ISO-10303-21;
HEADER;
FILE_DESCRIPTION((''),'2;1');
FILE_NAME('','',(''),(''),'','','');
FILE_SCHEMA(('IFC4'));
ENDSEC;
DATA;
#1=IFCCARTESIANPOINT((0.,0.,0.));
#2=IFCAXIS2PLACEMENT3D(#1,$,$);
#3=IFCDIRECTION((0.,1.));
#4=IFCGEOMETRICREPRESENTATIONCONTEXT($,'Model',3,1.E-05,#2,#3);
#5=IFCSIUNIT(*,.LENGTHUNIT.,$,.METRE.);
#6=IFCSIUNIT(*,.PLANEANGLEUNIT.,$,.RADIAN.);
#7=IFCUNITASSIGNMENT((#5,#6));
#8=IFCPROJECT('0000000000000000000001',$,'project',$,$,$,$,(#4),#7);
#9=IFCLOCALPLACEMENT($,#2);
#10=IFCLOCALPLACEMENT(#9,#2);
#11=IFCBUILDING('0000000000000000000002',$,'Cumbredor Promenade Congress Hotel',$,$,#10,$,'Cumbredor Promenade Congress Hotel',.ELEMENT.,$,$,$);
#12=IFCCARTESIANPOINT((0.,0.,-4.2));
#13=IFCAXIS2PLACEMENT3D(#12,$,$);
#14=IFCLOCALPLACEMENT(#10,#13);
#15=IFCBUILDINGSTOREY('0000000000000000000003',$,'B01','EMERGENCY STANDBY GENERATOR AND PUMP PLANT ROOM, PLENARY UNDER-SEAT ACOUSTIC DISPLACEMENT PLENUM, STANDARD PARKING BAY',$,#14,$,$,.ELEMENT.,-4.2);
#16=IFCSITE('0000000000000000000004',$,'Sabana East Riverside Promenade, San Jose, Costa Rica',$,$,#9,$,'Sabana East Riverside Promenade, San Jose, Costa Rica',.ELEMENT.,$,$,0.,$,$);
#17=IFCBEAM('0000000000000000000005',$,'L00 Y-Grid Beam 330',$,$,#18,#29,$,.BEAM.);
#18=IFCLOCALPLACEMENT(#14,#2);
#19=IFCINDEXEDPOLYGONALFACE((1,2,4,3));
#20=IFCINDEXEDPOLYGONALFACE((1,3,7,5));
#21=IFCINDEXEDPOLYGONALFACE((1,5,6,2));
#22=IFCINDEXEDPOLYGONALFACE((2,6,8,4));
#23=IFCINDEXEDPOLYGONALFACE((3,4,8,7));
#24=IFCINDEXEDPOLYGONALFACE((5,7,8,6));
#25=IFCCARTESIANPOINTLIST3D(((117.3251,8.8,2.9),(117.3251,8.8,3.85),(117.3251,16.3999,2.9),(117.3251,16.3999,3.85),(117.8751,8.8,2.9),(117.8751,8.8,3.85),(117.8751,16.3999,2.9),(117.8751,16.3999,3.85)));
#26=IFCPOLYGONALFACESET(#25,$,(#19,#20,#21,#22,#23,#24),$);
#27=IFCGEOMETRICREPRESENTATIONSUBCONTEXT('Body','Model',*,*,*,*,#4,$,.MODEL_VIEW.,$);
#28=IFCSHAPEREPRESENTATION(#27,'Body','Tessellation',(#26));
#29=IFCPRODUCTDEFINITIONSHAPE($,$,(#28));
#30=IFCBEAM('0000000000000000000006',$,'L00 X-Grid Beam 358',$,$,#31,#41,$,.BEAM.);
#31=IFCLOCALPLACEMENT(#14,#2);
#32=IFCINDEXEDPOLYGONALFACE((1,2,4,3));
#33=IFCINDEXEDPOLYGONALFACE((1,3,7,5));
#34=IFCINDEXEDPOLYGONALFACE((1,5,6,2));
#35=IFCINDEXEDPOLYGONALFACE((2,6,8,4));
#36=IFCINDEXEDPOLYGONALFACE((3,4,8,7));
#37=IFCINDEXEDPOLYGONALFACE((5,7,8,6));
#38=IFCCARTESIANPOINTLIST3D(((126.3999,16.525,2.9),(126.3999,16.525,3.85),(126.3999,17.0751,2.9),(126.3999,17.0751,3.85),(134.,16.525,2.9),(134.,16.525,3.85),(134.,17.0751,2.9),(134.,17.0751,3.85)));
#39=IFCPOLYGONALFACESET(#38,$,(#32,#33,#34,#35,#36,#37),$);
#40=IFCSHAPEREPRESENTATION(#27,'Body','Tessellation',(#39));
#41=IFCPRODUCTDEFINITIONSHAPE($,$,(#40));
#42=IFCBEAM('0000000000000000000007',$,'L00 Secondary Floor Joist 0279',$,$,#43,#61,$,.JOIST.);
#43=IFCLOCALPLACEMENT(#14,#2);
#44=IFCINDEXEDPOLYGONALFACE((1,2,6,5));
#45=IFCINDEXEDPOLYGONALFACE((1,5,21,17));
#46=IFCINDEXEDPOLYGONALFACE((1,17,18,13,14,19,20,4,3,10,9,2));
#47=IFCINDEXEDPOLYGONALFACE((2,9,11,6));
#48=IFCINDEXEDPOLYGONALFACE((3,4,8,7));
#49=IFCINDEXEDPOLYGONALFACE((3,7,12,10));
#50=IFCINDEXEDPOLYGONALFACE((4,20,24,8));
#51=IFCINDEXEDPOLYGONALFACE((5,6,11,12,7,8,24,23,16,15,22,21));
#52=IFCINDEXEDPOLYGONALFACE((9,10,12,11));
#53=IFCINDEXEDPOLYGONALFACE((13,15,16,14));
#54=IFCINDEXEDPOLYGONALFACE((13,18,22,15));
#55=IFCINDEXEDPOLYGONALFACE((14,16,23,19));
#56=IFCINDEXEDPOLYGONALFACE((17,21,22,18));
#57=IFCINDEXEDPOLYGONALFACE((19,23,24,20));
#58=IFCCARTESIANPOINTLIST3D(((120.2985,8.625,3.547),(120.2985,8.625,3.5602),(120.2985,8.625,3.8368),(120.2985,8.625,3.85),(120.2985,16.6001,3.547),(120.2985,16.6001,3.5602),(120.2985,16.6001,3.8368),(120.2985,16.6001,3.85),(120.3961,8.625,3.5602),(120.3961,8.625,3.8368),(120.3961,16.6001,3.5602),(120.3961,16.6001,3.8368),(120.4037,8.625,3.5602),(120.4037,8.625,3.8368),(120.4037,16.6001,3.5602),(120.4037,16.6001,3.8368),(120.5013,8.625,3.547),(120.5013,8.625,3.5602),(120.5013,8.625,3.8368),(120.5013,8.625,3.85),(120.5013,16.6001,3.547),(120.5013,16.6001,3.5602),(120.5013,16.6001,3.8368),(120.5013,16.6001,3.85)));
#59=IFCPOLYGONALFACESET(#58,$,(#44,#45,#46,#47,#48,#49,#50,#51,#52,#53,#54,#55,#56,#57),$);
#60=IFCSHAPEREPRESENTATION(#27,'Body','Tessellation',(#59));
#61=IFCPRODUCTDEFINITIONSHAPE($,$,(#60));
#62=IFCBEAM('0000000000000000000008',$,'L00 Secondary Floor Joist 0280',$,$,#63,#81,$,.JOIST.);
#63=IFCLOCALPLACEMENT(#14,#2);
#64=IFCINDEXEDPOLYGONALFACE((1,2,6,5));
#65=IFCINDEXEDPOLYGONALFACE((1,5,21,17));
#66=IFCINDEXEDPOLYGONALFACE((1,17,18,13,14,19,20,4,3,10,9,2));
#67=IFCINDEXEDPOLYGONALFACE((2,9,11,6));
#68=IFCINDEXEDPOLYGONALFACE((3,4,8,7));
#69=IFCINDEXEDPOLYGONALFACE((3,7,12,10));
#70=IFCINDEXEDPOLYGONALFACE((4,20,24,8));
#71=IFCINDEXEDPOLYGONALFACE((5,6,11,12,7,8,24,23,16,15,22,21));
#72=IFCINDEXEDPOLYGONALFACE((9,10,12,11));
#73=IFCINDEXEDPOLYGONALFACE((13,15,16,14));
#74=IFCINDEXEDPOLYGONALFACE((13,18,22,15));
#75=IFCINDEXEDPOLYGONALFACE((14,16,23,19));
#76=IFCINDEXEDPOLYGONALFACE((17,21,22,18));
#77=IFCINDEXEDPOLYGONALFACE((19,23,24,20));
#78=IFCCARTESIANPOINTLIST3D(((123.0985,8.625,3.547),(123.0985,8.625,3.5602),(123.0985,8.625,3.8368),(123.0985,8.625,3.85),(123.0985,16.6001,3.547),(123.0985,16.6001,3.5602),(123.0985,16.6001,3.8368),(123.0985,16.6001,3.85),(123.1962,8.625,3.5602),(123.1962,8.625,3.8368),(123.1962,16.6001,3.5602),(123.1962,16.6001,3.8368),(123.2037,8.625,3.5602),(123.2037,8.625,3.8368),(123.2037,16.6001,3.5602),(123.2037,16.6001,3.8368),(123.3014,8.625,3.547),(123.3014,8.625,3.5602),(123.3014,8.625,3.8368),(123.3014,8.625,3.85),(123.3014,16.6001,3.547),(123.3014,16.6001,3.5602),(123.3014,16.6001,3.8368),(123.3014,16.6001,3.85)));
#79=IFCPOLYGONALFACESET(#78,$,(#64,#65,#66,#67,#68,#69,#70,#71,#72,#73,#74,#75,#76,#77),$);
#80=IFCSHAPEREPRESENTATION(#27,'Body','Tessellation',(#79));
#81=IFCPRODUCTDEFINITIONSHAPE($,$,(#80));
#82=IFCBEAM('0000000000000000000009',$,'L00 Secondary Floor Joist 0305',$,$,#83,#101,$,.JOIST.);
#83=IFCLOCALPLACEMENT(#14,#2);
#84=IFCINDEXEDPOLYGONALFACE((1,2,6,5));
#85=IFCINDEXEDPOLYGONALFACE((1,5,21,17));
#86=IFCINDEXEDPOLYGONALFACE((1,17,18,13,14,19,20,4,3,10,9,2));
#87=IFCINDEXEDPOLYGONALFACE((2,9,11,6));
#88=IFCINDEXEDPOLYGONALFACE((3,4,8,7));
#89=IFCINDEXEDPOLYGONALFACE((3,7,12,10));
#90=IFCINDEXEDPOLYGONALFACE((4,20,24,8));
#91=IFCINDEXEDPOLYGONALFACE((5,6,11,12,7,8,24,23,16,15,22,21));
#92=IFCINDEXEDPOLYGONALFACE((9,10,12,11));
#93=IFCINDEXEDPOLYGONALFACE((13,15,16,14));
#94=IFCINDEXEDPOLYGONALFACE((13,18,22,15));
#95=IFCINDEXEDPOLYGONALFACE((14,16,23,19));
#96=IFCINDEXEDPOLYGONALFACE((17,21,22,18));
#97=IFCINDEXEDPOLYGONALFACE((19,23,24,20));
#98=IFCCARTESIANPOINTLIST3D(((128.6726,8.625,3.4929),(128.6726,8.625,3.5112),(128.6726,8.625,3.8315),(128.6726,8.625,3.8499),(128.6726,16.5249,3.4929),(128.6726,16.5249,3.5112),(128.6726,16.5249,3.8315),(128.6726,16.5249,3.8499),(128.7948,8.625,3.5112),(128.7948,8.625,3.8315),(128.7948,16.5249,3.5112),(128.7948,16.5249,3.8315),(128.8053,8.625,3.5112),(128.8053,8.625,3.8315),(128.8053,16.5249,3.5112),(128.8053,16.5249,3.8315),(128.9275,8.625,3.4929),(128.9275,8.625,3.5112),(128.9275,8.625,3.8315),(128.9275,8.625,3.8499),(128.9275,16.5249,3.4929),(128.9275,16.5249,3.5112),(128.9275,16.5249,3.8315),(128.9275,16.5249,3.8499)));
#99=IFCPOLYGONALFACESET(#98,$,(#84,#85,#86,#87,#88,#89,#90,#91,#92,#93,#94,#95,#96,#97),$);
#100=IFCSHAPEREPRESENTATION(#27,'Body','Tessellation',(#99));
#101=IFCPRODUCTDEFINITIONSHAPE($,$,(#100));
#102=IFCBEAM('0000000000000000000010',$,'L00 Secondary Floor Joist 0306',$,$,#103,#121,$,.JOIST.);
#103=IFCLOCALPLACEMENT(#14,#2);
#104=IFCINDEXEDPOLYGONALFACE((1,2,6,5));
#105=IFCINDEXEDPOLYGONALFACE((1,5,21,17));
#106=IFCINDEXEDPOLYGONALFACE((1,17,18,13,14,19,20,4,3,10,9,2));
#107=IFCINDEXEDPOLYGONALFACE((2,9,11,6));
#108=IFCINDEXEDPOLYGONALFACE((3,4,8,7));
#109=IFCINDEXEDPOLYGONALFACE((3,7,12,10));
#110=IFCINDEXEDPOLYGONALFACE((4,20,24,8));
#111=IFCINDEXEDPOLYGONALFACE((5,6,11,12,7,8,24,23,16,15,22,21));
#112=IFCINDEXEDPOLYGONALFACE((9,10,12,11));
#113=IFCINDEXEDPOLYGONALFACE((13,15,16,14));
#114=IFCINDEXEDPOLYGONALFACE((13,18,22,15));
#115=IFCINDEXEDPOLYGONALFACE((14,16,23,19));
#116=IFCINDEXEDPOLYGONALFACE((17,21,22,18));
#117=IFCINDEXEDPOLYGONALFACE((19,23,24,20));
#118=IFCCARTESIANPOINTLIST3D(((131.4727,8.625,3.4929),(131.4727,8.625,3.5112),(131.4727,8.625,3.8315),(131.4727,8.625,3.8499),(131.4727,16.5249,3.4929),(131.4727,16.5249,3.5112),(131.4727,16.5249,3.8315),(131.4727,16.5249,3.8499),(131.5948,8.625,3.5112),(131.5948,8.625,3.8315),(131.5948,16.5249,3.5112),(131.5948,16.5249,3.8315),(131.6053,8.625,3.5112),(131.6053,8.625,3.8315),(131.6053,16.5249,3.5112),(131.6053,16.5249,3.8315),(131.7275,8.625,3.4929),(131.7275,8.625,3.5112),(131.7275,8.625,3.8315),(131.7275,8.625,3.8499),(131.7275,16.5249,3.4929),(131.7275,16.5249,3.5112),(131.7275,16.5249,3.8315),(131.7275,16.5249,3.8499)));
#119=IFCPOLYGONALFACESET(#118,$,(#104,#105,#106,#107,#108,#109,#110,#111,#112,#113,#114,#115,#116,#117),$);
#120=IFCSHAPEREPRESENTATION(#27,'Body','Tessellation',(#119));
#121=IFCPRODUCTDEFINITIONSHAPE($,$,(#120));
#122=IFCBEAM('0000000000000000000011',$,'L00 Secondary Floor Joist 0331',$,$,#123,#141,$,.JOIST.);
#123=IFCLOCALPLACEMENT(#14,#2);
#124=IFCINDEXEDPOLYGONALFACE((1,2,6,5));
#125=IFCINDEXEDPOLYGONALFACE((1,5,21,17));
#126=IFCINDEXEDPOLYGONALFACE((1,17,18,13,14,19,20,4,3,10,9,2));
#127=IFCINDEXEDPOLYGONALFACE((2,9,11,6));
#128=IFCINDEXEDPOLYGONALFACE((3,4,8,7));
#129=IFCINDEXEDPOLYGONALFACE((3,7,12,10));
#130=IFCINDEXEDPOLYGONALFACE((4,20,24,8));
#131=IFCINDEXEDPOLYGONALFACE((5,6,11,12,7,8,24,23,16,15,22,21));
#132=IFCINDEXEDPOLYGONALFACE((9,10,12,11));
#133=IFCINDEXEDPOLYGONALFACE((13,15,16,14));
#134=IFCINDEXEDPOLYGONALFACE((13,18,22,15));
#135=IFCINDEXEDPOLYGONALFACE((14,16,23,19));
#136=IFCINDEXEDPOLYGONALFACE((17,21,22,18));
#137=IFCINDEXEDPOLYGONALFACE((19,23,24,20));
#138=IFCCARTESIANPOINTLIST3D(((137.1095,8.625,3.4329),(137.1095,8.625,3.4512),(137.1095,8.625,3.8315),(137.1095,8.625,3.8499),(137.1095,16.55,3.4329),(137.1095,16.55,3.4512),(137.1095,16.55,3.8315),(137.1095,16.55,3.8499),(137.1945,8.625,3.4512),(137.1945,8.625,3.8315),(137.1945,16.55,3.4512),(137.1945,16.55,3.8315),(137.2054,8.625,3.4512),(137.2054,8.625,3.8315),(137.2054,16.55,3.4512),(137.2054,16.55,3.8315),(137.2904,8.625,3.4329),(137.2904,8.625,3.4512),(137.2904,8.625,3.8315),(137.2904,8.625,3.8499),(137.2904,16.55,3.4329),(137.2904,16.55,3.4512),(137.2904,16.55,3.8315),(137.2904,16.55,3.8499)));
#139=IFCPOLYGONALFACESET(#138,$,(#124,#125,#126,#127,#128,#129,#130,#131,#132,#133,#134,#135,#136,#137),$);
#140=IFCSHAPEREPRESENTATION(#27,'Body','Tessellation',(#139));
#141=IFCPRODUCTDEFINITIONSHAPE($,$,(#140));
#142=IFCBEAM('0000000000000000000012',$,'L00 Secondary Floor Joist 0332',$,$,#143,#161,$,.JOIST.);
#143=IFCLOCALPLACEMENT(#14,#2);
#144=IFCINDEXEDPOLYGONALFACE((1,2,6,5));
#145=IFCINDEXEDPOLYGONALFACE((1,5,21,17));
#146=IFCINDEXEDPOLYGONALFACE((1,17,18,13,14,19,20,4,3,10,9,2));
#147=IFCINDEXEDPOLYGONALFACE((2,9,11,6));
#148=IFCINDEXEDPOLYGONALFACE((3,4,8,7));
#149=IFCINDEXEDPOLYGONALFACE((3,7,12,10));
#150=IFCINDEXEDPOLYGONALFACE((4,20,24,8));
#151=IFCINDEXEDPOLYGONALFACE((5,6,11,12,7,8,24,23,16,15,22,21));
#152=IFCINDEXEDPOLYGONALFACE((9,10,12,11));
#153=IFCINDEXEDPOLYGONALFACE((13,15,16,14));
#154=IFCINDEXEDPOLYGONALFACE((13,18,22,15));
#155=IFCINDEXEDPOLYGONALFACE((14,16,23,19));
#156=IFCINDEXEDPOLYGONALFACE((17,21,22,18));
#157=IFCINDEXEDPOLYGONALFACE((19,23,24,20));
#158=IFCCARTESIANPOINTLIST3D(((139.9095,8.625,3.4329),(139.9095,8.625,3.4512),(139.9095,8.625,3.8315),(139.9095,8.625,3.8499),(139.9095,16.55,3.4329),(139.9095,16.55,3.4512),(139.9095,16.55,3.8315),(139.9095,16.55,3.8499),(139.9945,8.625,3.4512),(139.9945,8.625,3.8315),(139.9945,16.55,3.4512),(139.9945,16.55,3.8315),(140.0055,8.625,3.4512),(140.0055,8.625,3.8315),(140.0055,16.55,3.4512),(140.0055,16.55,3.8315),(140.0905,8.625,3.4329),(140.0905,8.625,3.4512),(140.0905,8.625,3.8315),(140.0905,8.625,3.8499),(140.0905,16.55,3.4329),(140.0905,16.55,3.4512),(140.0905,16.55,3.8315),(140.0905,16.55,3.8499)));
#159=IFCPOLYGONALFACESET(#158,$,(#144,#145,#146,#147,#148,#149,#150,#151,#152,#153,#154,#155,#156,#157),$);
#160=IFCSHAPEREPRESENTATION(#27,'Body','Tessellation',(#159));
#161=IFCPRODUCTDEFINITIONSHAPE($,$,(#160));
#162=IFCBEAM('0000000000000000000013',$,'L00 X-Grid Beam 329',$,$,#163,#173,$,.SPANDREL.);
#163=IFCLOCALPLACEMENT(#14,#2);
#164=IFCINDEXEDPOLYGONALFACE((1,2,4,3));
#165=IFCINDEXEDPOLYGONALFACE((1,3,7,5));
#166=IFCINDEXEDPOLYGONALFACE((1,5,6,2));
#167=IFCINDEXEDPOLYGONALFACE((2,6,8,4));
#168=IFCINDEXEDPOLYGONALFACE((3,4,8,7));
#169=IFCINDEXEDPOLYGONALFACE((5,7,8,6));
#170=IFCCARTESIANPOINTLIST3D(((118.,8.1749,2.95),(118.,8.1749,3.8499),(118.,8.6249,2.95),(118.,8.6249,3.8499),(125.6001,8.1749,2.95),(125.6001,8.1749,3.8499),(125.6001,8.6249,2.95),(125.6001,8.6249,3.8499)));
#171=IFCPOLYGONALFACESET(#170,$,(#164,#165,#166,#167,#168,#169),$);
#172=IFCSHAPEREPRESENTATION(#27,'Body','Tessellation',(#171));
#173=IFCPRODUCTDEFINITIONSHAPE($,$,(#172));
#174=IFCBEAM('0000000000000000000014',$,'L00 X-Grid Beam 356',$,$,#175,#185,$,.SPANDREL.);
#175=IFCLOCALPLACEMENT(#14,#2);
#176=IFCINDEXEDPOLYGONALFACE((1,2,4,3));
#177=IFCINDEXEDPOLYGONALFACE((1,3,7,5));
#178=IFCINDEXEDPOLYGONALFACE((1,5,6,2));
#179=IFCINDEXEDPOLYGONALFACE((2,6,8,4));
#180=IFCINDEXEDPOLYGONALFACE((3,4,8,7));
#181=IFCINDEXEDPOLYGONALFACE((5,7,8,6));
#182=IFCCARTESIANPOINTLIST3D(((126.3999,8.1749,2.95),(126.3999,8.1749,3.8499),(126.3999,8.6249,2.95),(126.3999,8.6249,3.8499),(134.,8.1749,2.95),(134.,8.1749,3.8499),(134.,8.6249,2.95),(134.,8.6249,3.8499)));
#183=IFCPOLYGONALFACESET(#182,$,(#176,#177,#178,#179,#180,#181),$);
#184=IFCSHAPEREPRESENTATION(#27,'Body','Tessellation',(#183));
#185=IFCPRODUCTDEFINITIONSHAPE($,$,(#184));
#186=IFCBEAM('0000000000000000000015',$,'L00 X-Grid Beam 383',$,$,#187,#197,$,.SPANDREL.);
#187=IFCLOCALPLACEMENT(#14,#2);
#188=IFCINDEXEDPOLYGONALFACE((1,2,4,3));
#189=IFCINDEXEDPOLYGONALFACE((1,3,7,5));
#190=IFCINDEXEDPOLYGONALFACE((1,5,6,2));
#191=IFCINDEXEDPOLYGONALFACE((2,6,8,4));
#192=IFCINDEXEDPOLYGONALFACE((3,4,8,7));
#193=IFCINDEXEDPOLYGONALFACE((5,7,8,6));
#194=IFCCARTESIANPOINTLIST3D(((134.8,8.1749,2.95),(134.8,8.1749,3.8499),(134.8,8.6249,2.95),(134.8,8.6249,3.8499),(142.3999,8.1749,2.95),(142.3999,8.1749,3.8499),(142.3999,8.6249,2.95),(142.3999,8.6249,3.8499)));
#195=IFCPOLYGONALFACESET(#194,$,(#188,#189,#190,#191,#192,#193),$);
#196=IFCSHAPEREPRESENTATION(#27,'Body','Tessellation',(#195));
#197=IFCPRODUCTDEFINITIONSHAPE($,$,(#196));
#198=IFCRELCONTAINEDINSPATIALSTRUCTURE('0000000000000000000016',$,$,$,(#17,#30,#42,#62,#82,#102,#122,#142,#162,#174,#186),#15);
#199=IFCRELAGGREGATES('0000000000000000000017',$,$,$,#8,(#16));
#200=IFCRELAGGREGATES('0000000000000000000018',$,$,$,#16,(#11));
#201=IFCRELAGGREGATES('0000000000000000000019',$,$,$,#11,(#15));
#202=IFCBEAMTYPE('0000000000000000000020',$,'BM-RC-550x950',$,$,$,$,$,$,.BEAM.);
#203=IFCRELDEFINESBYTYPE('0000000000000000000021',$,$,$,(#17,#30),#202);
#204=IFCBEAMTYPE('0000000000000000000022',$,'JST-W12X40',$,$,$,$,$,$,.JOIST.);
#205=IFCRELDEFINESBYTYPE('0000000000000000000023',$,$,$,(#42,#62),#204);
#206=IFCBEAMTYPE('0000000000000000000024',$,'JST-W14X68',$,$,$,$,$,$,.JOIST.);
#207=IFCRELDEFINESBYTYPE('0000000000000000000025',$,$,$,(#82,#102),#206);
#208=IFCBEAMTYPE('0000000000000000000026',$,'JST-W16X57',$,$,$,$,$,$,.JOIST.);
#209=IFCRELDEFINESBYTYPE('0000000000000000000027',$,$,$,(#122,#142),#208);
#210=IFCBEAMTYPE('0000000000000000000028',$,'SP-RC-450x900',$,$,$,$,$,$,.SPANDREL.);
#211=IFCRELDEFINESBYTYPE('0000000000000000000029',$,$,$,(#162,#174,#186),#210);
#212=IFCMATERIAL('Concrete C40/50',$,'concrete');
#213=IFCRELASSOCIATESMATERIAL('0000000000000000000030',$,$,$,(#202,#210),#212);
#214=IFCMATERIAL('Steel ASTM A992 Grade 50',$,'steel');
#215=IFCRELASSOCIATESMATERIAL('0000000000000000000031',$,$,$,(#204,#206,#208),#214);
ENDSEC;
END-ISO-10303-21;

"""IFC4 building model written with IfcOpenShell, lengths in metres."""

from ifc_helpers import new_model, si_unit, direction, frame, origin, origin_2d, place, context, subcontext, project, spatial, rectangle, i_section, extrude, material, material_profile, profile_set, type_object, element, save


model = new_model("IFC4")

# Units and contexts
model_context = context("Model", 3, precision=1e-05, world=origin(), true_north=direction((0.0, 1.0)))
body_context = subcontext(model_context, "Body", "Model", "MODEL_VIEW")
ifc_project = project(units=[si_unit("LENGTHUNIT", "METRE"), si_unit("PLANEANGLEUNIT", "RADIAN")], contexts=[model_context])

# Site, building, storey
site_placement = place(None, origin())
site = spatial("IfcSite", under=ifc_project, at=site_placement, Name="Sabana East Riverside Promenade, San Jose, Costa Rica", LongName="Sabana East Riverside Promenade, San Jose, Costa Rica", CompositionType="ELEMENT", RefElevation=0.0)
building_placement = place(site_placement, origin())
building = spatial("IfcBuilding", under=site, at=building_placement, Name="Cumbredor Promenade Congress Hotel", LongName="Cumbredor Promenade Congress Hotel", CompositionType="ELEMENT")
storey_placement = place(building_placement, frame((0.0, 0.0, -4.2)))
storey = spatial("IfcBuildingStorey", under=building, at=storey_placement, Name="B01", Description="EMERGENCY STANDBY GENERATOR AND PUMP PLANT ROOM, PLENARY UNDER-SEAT ACOUSTIC DISPLACEMENT PLENUM, STANDARD PARKING BAY", CompositionType="ELEMENT", Elevation=-4.2)

# Shared definitions
ifc_material_1 = material(Name="Concrete C40/50", Category="concrete")

# Beams
ifc_material_profile_1 = material_profile(ifc_material_1, rectangle(XDim=0.55, YDim=0.95, at=origin_2d()), Name="RC BEAM 550x950")
ifc_profile_set_1 = profile_set([ifc_material_profile_1], Name="Concrete C40/50")
beam_type_1 = type_object("IfcBeamType", Name="BM-RC-550x950", PredefinedType="BEAM", material=ifc_profile_set_1)
beam_1_placement = place(storey_placement, frame((117.6001, 8.8, 3.375), z_axis=(0.0, 1.0, 0.0), x_axis=(-1.0, 0.0, 0.0)))
element("IfcBeam", 1, at=beam_1_placement, inside=storey, type_object=beam_type_1, Name="L00 Y-Grid Beam 330", PredefinedType="BEAM", context=body_context, shape_type="SweptSolid", body=[
    extrude(rectangle(XDim=0.55, YDim=0.95, at=origin_2d()), origin(), (0.0, 0.0, 1.0), 7.5999),
])
beam_2_placement = place(storey_placement, frame((126.3999, 16.8, 3.375), z_axis=(1.0, 0.0, 0.0), x_axis=(0.0, 1.0, 0.0)))
element("IfcBeam", 2, at=beam_2_placement, inside=storey, type_object=beam_type_1, Name="L00 X-Grid Beam 358", PredefinedType="BEAM", context=body_context, shape_type="SweptSolid", body=[
    extrude(rectangle(XDim=0.55, YDim=0.95, at=origin_2d()), origin(), (0.0, 0.0, 1.0), 7.6001),
])
ifc_material_2 = material(Name="Steel ASTM A992 Grade 50", Category="steel")
ifc_material_profile_2 = material_profile(ifc_material_2, i_section(OverallWidth=0.2029, OverallDepth=0.303, WebThickness=0.0076, FlangeThickness=0.0132, at=origin_2d()), Name="W12X40")
ifc_profile_set_2 = profile_set([ifc_material_profile_2], Name="Steel ASTM A992 Grade 50")
beam_type_2 = type_object("IfcBeamType", Name="JST-W12X40", PredefinedType="JOIST", material=ifc_profile_set_2)
for number, where, z_axis, x_axis, name in (
    (3, (120.3999, 8.625, 3.6985), (0.0, 1.0, 0.0), (-1.0, 0.0, 0.0), "L00 Secondary Floor Joist 0279"),
    (4, (123.2, 8.625, 3.6985), (0.0, 1.0, 0.0), (-1.0, 0.0, 0.0), "L00 Secondary Floor Joist 0280"),
):
    element("IfcBeam", number, at=place(storey_placement, frame(where, z_axis=z_axis, x_axis=x_axis)), inside=storey, type_object=beam_type_2, Name=name, PredefinedType="JOIST", context=body_context, shape_type="SweptSolid", body=[
        extrude(i_section(OverallWidth=0.2029, OverallDepth=0.303, WebThickness=0.0076, FlangeThickness=0.0132, at=origin_2d()), origin(), (0.0, 0.0, 1.0), 7.9751),
    ])
ifc_material_profile_3 = material_profile(ifc_material_2, i_section(OverallWidth=0.2549, OverallDepth=0.3569, WebThickness=0.0105, FlangeThickness=0.0183, at=origin_2d()), Name="W14X68")
ifc_profile_set_3 = profile_set([ifc_material_profile_3], Name="Steel ASTM A992 Grade 50")
beam_type_3 = type_object("IfcBeamType", Name="JST-W14X68", PredefinedType="JOIST", material=ifc_profile_set_3)
for number, where, z_axis, x_axis, name in (
    (5, (128.8, 8.625, 3.6714), (0.0, 1.0, 0.0), (-1.0, 0.0, 0.0), "L00 Secondary Floor Joist 0305"),
    (6, (131.6001, 8.625, 3.6714), (0.0, 1.0, 0.0), (-1.0, 0.0, 0.0), "L00 Secondary Floor Joist 0306"),
):
    element("IfcBeam", number, at=place(storey_placement, frame(where, z_axis=z_axis, x_axis=x_axis)), inside=storey, type_object=beam_type_3, Name=name, PredefinedType="JOIST", context=body_context, shape_type="SweptSolid", body=[
        extrude(i_section(OverallWidth=0.2549, OverallDepth=0.3569, WebThickness=0.0105, FlangeThickness=0.0183, at=origin_2d()), origin(), (0.0, 0.0, 1.0), 7.8999),
    ])
ifc_material_profile_4 = material_profile(ifc_material_2, i_section(OverallWidth=0.1809, OverallDepth=0.417, WebThickness=0.011, FlangeThickness=0.0183, at=origin_2d()), Name="W16X57")
ifc_profile_set_4 = profile_set([ifc_material_profile_4], Name="Steel ASTM A992 Grade 50")
beam_type_4 = type_object("IfcBeamType", Name="JST-W16X57", PredefinedType="JOIST", material=ifc_profile_set_4)
for number, where, z_axis, x_axis, name in (
    (7, (137.2, 8.625, 3.6414), (0.0, 1.0, 0.0), (-1.0, 0.0, 0.0), "L00 Secondary Floor Joist 0331"),
    (8, (140.0, 8.625, 3.6414), (0.0, 1.0, 0.0), (-1.0, 0.0, 0.0), "L00 Secondary Floor Joist 0332"),
):
    element("IfcBeam", number, at=place(storey_placement, frame(where, z_axis=z_axis, x_axis=x_axis)), inside=storey, type_object=beam_type_4, Name=name, PredefinedType="JOIST", context=body_context, shape_type="SweptSolid", body=[
        extrude(i_section(OverallWidth=0.1809, OverallDepth=0.417, WebThickness=0.011, FlangeThickness=0.0183, at=origin_2d()), origin(), (0.0, 0.0, 1.0), 7.925),
    ])
ifc_material_profile_5 = material_profile(ifc_material_1, rectangle(XDim=0.45, YDim=0.8999, at=origin_2d()), Name="RC SPANDREL 450x900")
ifc_profile_set_5 = profile_set([ifc_material_profile_5], Name="Concrete C40/50")
beam_type_5 = type_object("IfcBeamType", Name="SP-RC-450x900", PredefinedType="SPANDREL", material=ifc_profile_set_5)
for number, where, z_axis, x_axis, name in (
    (9, (118.0, 8.3999, 3.3999), (1.0, 0.0, 0.0), (0.0, 1.0, 0.0), "L00 X-Grid Beam 329"),
    (10, (126.3999, 8.3999, 3.3999), (1.0, 0.0, 0.0), (0.0, 1.0, 0.0), "L00 X-Grid Beam 356"),
):
    element("IfcBeam", number, at=place(storey_placement, frame(where, z_axis=z_axis, x_axis=x_axis)), inside=storey, type_object=beam_type_5, Name=name, PredefinedType="SPANDREL", context=body_context, shape_type="SweptSolid", body=[
        extrude(rectangle(XDim=0.45, YDim=0.8999, at=origin_2d()), origin(), (0.0, 0.0, 1.0), 7.6001),
    ])
beam_3_placement = place(storey_placement, frame((134.8, 8.3999, 3.3999), z_axis=(1.0, 0.0, 0.0), x_axis=(0.0, 1.0, 0.0)))
element("IfcBeam", 11, at=beam_3_placement, inside=storey, type_object=beam_type_5, Name="L00 X-Grid Beam 383", PredefinedType="SPANDREL", context=body_context, shape_type="SweptSolid", body=[
    extrude(rectangle(XDim=0.45, YDim=0.8999, at=origin_2d()), origin(), (0.0, 0.0, 1.0), 7.5999),
])

save(model, "model.ifc")
